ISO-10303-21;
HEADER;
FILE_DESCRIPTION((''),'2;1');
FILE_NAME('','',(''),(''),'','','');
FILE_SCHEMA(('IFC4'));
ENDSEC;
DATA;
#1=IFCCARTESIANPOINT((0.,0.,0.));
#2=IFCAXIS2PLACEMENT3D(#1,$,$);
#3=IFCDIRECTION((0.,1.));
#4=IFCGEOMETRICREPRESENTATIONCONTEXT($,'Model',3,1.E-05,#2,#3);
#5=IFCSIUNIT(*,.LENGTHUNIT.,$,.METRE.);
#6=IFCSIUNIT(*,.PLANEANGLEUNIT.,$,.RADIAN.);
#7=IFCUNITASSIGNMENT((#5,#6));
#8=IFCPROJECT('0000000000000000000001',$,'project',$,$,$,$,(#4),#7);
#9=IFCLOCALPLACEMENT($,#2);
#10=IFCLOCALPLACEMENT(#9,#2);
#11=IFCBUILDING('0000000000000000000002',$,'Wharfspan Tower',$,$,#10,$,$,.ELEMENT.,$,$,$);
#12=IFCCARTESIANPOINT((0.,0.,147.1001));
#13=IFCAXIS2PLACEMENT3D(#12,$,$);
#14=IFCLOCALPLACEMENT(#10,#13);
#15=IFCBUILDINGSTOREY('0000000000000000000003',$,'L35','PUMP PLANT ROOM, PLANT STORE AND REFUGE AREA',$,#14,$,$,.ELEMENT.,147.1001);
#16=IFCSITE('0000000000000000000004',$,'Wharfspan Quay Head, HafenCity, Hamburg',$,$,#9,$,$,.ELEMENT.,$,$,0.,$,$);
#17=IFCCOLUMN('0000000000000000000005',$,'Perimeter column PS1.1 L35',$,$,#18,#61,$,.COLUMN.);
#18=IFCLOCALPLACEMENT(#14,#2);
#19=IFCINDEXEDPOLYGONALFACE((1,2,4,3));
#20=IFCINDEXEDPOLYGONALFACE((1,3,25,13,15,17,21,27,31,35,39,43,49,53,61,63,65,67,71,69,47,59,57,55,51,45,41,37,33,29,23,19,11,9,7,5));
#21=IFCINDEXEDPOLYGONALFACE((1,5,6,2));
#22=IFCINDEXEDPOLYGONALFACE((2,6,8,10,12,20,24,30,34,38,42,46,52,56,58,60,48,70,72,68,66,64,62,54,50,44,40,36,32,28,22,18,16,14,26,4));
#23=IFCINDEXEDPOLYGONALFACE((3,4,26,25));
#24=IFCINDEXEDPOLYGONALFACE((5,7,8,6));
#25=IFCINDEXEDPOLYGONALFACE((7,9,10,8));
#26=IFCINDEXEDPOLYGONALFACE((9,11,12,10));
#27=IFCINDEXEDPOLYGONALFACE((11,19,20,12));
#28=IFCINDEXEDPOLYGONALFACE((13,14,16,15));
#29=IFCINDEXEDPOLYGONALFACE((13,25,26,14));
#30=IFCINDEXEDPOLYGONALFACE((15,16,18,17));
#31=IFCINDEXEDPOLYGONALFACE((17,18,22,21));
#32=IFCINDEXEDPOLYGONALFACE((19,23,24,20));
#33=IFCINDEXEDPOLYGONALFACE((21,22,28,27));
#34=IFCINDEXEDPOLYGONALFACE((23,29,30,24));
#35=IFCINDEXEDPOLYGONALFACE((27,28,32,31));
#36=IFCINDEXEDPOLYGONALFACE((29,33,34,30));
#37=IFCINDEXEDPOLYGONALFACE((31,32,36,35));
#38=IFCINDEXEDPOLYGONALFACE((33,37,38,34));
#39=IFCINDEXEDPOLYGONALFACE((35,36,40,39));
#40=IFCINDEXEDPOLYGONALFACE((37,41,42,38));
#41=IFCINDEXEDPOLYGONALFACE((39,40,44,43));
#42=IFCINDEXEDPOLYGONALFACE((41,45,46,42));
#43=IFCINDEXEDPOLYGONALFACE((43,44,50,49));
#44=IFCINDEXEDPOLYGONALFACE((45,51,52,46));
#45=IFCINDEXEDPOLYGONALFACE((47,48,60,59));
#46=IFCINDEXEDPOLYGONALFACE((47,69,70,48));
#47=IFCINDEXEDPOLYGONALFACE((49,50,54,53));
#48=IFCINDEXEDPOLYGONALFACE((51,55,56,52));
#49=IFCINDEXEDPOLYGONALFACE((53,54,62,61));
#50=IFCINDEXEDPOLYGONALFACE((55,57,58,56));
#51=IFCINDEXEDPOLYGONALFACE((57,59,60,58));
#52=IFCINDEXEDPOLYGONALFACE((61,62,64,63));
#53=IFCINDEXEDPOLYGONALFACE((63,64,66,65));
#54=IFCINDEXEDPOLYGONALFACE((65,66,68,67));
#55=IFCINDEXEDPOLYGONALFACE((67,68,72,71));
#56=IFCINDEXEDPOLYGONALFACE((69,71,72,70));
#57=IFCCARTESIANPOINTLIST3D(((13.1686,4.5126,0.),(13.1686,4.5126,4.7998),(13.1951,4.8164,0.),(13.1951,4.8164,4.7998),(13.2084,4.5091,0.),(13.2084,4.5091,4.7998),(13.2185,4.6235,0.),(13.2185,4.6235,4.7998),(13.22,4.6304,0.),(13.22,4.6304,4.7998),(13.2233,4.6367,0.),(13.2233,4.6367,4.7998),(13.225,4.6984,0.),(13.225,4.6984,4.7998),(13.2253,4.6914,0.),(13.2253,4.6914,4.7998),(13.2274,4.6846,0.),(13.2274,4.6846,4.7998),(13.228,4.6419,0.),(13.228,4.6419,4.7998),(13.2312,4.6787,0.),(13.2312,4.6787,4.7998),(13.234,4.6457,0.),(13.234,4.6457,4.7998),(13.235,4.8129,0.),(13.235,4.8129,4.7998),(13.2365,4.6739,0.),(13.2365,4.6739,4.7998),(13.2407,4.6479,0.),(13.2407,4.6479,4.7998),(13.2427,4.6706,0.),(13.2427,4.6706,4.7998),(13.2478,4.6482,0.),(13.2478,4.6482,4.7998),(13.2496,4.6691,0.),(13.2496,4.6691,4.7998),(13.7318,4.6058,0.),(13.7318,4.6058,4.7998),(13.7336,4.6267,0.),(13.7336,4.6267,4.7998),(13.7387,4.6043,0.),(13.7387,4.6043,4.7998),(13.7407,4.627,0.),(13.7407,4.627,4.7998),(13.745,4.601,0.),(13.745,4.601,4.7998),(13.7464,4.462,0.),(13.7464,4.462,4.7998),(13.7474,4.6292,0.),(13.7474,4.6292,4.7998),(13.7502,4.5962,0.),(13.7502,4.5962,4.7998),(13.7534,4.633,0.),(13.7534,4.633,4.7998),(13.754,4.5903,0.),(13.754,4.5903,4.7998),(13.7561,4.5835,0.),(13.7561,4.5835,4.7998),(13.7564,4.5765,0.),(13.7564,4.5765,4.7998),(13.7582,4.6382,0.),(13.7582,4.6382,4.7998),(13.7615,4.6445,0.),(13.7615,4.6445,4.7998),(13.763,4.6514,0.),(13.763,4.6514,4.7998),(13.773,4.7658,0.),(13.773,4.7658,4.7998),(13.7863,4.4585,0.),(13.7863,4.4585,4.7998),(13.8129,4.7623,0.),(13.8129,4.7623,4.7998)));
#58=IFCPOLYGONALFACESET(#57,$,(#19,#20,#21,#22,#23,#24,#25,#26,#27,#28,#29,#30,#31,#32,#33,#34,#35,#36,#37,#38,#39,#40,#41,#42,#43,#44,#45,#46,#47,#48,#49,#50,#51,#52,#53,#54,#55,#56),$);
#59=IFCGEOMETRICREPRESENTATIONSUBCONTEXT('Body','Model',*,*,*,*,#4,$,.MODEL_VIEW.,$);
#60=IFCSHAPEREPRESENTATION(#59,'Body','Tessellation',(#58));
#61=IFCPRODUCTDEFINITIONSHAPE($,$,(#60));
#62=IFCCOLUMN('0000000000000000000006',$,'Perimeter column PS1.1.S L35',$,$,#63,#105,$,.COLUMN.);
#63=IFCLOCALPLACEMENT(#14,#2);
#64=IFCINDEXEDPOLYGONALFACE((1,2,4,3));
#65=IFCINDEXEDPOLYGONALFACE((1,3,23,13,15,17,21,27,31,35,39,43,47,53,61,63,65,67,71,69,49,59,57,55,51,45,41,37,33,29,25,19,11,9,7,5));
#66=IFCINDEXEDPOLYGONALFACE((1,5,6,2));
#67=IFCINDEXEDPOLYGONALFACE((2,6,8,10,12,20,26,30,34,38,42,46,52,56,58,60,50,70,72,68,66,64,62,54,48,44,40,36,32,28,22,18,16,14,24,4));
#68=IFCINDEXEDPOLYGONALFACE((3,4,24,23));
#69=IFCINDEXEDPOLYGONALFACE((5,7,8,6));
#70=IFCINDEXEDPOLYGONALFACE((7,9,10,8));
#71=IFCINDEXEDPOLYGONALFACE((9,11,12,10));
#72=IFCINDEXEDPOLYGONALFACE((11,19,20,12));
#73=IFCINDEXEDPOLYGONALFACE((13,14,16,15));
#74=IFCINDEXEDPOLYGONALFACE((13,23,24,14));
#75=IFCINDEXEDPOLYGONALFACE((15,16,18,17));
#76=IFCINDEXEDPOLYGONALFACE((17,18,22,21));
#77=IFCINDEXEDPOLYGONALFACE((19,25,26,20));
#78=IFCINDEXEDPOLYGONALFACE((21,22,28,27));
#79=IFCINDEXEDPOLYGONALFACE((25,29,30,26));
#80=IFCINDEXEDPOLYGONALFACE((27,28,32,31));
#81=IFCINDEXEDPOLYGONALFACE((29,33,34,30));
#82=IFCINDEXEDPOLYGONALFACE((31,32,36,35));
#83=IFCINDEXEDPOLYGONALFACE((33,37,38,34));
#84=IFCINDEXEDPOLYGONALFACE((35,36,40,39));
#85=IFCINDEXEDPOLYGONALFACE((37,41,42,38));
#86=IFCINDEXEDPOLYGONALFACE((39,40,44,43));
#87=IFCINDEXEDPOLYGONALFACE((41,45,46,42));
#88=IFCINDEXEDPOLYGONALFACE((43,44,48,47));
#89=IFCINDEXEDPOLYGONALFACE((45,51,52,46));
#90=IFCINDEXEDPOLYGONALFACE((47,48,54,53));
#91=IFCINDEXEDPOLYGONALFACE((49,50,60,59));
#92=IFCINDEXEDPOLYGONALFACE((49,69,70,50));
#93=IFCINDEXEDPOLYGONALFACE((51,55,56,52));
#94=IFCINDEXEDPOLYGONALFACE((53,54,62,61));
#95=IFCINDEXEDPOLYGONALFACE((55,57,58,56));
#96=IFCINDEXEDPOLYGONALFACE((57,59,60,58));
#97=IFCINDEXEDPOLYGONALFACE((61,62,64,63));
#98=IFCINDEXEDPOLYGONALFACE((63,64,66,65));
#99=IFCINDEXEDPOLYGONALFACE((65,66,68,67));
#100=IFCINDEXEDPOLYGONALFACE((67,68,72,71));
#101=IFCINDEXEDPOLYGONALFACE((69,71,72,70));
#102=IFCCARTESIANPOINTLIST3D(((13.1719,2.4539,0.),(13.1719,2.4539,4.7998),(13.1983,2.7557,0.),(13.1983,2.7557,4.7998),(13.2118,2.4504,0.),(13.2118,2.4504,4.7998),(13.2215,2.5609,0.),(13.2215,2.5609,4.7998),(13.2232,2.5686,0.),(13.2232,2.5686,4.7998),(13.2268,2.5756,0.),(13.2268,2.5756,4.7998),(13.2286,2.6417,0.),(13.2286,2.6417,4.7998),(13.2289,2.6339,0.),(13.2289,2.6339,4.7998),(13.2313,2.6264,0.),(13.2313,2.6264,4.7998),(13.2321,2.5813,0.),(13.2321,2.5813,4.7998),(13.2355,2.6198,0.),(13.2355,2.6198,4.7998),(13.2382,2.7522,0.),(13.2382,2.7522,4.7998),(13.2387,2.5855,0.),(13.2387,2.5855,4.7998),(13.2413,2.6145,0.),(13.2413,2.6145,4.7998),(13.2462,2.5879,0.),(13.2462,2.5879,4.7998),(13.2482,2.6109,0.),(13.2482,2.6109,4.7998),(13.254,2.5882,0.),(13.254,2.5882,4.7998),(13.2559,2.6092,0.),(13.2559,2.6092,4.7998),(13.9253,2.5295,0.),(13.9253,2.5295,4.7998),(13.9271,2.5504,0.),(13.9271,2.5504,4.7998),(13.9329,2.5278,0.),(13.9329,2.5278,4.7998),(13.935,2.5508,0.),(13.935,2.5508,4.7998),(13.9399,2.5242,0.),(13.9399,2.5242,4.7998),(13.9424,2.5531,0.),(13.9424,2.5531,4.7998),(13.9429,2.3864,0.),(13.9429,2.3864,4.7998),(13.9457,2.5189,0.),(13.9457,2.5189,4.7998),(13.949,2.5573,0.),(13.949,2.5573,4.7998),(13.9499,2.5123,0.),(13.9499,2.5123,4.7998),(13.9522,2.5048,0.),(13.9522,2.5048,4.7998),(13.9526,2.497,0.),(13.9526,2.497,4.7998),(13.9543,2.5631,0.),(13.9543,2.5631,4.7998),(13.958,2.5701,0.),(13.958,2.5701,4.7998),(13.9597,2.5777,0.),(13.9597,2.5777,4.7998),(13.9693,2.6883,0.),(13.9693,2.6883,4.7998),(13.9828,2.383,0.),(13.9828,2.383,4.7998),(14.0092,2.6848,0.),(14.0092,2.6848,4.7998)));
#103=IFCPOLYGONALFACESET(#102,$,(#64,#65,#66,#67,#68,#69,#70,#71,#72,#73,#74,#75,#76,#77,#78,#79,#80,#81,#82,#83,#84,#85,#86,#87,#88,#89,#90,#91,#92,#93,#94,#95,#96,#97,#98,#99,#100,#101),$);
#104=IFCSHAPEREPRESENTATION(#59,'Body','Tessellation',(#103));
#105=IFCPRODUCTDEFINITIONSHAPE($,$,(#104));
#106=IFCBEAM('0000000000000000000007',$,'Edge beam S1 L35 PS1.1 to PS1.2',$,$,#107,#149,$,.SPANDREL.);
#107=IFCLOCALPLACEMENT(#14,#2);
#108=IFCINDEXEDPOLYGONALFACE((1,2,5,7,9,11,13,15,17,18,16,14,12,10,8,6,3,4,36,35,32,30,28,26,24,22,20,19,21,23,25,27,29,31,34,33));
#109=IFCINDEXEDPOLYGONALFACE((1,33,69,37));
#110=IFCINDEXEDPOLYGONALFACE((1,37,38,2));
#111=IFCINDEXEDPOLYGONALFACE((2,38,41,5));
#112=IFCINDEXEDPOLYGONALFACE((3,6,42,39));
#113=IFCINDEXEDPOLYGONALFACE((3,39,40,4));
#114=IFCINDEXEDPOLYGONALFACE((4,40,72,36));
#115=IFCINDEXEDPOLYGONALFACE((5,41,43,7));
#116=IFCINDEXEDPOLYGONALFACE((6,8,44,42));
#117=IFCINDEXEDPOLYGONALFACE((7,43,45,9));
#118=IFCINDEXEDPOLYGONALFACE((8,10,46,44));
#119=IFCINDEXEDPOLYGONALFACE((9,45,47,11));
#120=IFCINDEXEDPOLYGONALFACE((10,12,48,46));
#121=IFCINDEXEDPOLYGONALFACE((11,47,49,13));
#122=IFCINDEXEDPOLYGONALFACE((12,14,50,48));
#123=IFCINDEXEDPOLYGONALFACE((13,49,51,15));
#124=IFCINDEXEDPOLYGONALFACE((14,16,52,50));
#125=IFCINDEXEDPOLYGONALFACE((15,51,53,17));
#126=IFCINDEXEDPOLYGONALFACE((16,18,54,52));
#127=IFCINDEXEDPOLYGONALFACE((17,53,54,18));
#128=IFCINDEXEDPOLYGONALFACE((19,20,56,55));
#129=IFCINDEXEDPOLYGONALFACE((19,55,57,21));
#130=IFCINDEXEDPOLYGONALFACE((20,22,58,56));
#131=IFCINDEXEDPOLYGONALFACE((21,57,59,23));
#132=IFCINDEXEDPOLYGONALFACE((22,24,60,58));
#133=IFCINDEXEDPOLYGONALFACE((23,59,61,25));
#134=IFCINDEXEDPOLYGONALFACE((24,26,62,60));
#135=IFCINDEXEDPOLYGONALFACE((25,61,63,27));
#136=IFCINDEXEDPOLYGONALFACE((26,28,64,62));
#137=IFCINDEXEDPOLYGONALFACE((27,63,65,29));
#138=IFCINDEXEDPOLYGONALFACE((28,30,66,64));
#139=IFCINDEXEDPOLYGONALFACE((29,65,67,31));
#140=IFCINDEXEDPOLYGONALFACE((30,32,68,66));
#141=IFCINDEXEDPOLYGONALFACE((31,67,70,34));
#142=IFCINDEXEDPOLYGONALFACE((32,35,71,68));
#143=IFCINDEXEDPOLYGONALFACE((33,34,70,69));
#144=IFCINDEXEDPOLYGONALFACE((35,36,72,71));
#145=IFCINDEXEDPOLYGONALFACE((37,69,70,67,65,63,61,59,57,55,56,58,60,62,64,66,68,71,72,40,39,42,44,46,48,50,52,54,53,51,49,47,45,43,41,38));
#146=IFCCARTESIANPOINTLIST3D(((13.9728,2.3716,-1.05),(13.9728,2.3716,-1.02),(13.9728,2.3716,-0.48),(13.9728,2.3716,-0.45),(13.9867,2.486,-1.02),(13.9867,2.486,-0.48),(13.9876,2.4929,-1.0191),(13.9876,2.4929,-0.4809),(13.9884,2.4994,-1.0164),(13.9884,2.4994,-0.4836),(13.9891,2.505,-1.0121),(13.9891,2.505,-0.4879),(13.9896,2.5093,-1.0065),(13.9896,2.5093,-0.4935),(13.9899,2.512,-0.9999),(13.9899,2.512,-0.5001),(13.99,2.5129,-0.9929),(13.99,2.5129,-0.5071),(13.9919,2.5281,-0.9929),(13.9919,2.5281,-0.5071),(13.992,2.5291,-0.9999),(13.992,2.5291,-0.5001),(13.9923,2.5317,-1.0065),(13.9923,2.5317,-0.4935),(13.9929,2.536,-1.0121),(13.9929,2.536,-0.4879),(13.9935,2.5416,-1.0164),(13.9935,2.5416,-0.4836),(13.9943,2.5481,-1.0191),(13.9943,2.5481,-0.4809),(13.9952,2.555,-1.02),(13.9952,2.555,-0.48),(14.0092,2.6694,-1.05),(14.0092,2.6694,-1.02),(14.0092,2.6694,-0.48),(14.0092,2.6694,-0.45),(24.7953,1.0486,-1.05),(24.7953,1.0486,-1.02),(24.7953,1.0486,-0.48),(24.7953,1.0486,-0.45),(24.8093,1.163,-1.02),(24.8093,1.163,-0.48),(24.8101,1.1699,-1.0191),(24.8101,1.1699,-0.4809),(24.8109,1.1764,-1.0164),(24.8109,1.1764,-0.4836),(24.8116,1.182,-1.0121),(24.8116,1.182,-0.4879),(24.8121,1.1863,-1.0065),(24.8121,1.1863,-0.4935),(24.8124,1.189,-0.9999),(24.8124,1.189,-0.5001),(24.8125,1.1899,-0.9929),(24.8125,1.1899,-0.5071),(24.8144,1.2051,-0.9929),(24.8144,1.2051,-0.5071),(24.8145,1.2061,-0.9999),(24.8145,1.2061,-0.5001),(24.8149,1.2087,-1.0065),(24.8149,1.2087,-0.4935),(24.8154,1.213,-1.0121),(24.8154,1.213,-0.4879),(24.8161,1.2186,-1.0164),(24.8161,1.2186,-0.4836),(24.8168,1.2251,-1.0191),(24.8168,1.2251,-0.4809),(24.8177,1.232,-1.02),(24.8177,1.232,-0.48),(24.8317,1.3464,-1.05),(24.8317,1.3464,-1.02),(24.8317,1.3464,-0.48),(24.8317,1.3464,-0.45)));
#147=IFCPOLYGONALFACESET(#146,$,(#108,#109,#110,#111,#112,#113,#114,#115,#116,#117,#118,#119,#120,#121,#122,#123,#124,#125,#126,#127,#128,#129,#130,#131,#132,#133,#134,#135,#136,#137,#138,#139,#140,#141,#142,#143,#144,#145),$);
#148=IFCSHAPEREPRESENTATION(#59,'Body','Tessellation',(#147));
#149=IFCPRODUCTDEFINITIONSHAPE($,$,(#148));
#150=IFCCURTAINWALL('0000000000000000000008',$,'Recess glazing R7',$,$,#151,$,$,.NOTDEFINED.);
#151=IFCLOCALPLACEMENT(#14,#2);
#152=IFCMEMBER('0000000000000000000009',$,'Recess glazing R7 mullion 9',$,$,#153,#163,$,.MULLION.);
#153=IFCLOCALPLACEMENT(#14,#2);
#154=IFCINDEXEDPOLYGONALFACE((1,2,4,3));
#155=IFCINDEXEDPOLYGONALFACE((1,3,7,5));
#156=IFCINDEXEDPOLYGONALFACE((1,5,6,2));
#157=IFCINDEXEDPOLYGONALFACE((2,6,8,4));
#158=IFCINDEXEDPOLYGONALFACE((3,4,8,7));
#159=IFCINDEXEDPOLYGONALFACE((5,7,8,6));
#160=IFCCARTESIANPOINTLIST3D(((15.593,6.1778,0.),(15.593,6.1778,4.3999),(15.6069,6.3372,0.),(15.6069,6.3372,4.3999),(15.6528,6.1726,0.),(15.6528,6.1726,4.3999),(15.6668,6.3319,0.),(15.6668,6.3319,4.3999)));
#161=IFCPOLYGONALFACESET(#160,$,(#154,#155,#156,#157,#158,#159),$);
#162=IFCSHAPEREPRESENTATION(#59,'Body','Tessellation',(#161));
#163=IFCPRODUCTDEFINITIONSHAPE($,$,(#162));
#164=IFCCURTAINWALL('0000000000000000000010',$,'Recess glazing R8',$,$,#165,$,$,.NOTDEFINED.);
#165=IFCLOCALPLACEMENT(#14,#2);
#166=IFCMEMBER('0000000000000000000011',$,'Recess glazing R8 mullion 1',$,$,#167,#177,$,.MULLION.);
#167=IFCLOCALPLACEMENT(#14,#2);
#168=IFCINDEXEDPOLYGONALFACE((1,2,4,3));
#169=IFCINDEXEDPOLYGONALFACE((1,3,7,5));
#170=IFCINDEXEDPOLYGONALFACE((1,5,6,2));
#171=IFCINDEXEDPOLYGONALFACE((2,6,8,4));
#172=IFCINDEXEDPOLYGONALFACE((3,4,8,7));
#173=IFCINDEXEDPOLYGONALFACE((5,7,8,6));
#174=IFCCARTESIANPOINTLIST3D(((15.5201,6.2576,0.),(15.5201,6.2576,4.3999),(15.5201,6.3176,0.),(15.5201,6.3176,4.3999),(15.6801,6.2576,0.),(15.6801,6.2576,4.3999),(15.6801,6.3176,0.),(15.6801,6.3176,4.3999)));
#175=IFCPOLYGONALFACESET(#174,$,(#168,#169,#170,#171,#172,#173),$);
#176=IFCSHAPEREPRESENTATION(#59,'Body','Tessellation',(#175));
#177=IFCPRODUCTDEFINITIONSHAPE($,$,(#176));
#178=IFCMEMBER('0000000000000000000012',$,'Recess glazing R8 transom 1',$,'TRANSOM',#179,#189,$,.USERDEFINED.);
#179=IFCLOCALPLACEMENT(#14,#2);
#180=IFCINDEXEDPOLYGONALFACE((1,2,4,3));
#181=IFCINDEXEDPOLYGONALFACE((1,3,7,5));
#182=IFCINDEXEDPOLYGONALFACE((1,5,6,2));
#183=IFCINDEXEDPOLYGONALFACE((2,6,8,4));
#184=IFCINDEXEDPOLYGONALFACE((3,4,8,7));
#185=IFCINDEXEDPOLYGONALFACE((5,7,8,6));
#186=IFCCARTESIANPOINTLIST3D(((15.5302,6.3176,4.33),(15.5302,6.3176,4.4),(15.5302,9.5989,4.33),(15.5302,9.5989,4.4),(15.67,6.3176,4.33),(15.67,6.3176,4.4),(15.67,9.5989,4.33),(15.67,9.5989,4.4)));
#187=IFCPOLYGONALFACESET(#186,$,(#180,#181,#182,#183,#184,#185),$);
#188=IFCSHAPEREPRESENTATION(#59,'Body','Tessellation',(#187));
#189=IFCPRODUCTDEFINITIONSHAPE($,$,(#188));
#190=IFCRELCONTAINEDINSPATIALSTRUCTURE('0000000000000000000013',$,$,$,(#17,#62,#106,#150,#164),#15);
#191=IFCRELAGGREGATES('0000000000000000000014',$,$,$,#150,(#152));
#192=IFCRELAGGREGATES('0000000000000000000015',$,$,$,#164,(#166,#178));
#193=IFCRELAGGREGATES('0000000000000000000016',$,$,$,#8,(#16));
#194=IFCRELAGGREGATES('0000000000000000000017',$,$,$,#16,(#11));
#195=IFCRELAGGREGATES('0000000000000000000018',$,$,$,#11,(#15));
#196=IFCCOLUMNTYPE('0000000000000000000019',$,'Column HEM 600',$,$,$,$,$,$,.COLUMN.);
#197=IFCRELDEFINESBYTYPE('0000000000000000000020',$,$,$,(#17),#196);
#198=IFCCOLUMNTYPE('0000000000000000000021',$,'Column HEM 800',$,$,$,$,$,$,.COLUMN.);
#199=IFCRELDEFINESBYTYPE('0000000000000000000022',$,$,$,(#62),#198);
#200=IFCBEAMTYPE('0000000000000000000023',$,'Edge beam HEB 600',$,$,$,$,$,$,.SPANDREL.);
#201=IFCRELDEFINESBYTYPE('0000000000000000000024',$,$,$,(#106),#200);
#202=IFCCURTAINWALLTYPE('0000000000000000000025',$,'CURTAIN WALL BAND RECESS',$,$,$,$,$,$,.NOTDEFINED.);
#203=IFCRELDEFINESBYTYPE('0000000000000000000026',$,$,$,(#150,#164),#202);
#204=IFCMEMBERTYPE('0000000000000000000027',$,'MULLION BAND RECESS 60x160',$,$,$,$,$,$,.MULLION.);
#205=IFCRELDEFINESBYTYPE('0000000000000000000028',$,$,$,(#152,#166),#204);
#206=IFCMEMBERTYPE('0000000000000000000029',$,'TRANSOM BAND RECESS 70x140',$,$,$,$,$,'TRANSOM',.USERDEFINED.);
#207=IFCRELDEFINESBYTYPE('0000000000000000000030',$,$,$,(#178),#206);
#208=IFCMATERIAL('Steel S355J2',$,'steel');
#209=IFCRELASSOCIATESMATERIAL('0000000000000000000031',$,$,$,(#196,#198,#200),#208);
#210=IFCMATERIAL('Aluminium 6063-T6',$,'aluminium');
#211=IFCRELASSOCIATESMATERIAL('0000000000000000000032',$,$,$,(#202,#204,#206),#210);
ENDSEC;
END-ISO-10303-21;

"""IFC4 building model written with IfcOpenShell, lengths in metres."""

from ifc_helpers import new_model, si_unit, direction, frame, origin, origin_2d, place, context, subcontext, project, spatial, rectangle, i_section, extrude, material, material_profile, profile_set, type_object, element, aggregate, save


model = new_model("IFC4")

# Units and contexts
model_context = context("Model", 3, precision=1e-05, world=origin(), true_north=direction((0.0, 1.0)))
body_context = subcontext(model_context, "Body", "Model", "MODEL_VIEW")
ifc_project = project(units=[si_unit("LENGTHUNIT", "METRE"), si_unit("PLANEANGLEUNIT", "RADIAN")], contexts=[model_context])

# Site, building, storey
site_placement = place(None, origin())
site = spatial("IfcSite", under=ifc_project, at=site_placement, Name="Wharfspan Quay Head, HafenCity, Hamburg", CompositionType="ELEMENT", RefElevation=0.0)
building_placement = place(site_placement, origin())
building = spatial("IfcBuilding", under=site, at=building_placement, Name="Wharfspan Tower", CompositionType="ELEMENT")
storey_placement = place(building_placement, frame((0.0, 0.0, 147.1001)))
storey = spatial("IfcBuildingStorey", under=building, at=storey_placement, Name="L35", Description="PUMP PLANT ROOM, PLANT STORE AND REFUGE AREA", CompositionType="ELEMENT", Elevation=147.1001)

# Columns
ifc_material_1 = material(Name="Steel S355J2", Category="steel")
ifc_material_profile_1 = material_profile(ifc_material_1, i_section(OverallWidth=0.3049, OverallDepth=0.6201, WebThickness=0.021, FlangeThickness=0.04, FilletRadius=0.0271, at=origin_2d()))
ifc_profile_set_1 = profile_set([ifc_material_profile_1], Name="Steel S355J2")
column_type_1 = type_object("IfcColumnType", Name="Column HEM 600", PredefinedType="COLUMN", material=ifc_profile_set_1)
column_1_placement = place(storey_placement, frame((13.4907, 4.6375, 0.0), z_axis=(0.0, 0.0, 1.0), x_axis=(-0.087156, -0.996198, 0.0)))
element("IfcColumn", 1, at=column_1_placement, inside=storey, type_object=column_type_1, Name="Perimeter column PS1.1 L35", PredefinedType="COLUMN", context=body_context, shape_type="SweptSolid", body=[
    extrude(i_section(OverallWidth=0.3049, OverallDepth=0.6201, WebThickness=0.021, FlangeThickness=0.04, FilletRadius=0.0271, at=origin_2d()), origin(), (0.0, 0.0, 1.0), 4.7998),
])
ifc_material_profile_2 = material_profile(ifc_material_1, i_section(OverallWidth=0.303, OverallDepth=0.814, WebThickness=0.021, FlangeThickness=0.04, FilletRadius=0.03, at=origin_2d()))
ifc_profile_set_2 = profile_set([ifc_material_profile_2], Name="Steel S355J2")
column_type_2 = type_object("IfcColumnType", Name="Column HEM 800", PredefinedType="COLUMN", material=ifc_profile_set_2)
column_2_placement = place(storey_placement, frame((13.5906, 2.5693, 0.0), z_axis=(0.0, 0.0, 1.0), x_axis=(-0.087156, -0.996198, 0.0)))
element("IfcColumn", 2, at=column_2_placement, inside=storey, type_object=column_type_2, Name="Perimeter column PS1.1.S L35", PredefinedType="COLUMN", context=body_context, shape_type="SweptSolid", body=[
    extrude(i_section(OverallWidth=0.303, OverallDepth=0.814, WebThickness=0.021, FlangeThickness=0.04, FilletRadius=0.03, at=origin_2d()), origin(), (0.0, 0.0, 1.0), 4.7998),
])

# Beam
ifc_material_profile_3 = material_profile(ifc_material_1, i_section(OverallWidth=0.3, OverallDepth=0.6001, WebThickness=0.0154, FlangeThickness=0.03, FilletRadius=0.0271, at=origin_2d()))
ifc_profile_set_3 = profile_set([ifc_material_profile_3], Name="Steel S355J2")
beam_type = type_object("IfcBeamType", Name="Edge beam HEB 600", PredefinedType="SPANDREL", material=ifc_profile_set_3)
beam_placement = place(storey_placement, frame((13.991, 2.5205, -0.75), z_axis=(0.992611, -0.121342, 0.0), x_axis=(0.121342, 0.992611, 0.0)))
element("IfcBeam", 3, at=beam_placement, inside=storey, type_object=beam_type, Name="Edge beam S1 L35 PS1.1 to PS1.2", PredefinedType="SPANDREL", context=body_context, shape_type="SweptSolid", body=[
    extrude(i_section(OverallWidth=0.3, OverallDepth=0.6001, WebThickness=0.0154, FlangeThickness=0.03, FilletRadius=0.0271, at=origin_2d()), origin(), (0.0, 0.0, 1.0), 10.9031),
])

# Curtain wall, member
ifc_material_2 = material(Name="Aluminium 6063-T6", Category="aluminium")
curtain_wall_type = type_object("IfcCurtainWallType", Name="CURTAIN WALL BAND RECESS", PredefinedType="NOTDEFINED", material=ifc_material_2)
curtain_wall_1_placement = place(storey_placement, origin())
curtain_wall_1 = element("IfcCurtainWall", 4, at=curtain_wall_1_placement, inside=storey, type_object=curtain_wall_type, Name="Recess glazing R7", PredefinedType="NOTDEFINED")
ifc_material_profile_4 = material_profile(ifc_material_2, rectangle(XDim=0.1599, YDim=0.0601, at=origin_2d()))
ifc_profile_set_4 = profile_set([ifc_material_profile_4], Name="Aluminium 6063-T6")
member_type_1 = type_object("IfcMemberType", Name="MULLION BAND RECESS 60x160", PredefinedType="MULLION", material=ifc_profile_set_4)
member_1_placement = place(storey_placement, frame((15.6299, 6.2549, 0.0), z_axis=(0.0, 0.0, 1.0), x_axis=(-0.087156, -0.996198, 0.0)))
member_1 = element("IfcMember", 5, at=member_1_placement, type_object=member_type_1, Name="Recess glazing R7 mullion 9", PredefinedType="MULLION", context=body_context, shape_type="SweptSolid", body=[
    extrude(rectangle(XDim=0.1599, YDim=0.0601, at=origin_2d()), origin(), (0.0, 0.0, 1.0), 4.3999),
])
aggregate(curtain_wall_1, [member_1])

# Curtain wall, members
curtain_wall_2_placement = place(storey_placement, origin())
curtain_wall_2 = element("IfcCurtainWall", 6, at=curtain_wall_2_placement, inside=storey, type_object=curtain_wall_type, Name="Recess glazing R8", PredefinedType="NOTDEFINED")
member_2_placement = place(storey_placement, frame((15.6001, 6.2876, 0.0), z_axis=(0.0, 0.0, 1.0), x_axis=(-1.0, 0.0, 0.0)))
member_2 = element("IfcMember", 7, at=member_2_placement, type_object=member_type_1, Name="Recess glazing R8 mullion 1", PredefinedType="MULLION", context=body_context, shape_type="SweptSolid", body=[
    extrude(rectangle(XDim=0.1599, YDim=0.0601, at=origin_2d()), origin(), (0.0, 0.0, 1.0), 4.3999),
])
ifc_material_profile_5 = material_profile(ifc_material_2, rectangle(XDim=0.1399, YDim=0.0701, at=origin_2d()))
ifc_profile_set_5 = profile_set([ifc_material_profile_5], Name="Aluminium 6063-T6")
member_type_2 = type_object("IfcMemberType", Name="TRANSOM BAND RECESS 70x140", ElementType="TRANSOM", PredefinedType="USERDEFINED", material=ifc_profile_set_5)
member_3_placement = place(storey_placement, frame((15.6001, 6.3176, 4.365), z_axis=(0.0, 1.0, 0.0), x_axis=(-1.0, 0.0, 0.0)))
member_3 = element("IfcMember", 8, at=member_3_placement, type_object=member_type_2, Name="Recess glazing R8 transom 1", ObjectType="TRANSOM", PredefinedType="USERDEFINED", context=body_context, shape_type="SweptSolid", body=[
    extrude(rectangle(XDim=0.1399, YDim=0.0701, at=origin_2d()), origin(), (0.0, 0.0, 1.0), 3.2812),
])
aggregate(curtain_wall_2, [member_2, member_3])

save(model, "model.ifc")
